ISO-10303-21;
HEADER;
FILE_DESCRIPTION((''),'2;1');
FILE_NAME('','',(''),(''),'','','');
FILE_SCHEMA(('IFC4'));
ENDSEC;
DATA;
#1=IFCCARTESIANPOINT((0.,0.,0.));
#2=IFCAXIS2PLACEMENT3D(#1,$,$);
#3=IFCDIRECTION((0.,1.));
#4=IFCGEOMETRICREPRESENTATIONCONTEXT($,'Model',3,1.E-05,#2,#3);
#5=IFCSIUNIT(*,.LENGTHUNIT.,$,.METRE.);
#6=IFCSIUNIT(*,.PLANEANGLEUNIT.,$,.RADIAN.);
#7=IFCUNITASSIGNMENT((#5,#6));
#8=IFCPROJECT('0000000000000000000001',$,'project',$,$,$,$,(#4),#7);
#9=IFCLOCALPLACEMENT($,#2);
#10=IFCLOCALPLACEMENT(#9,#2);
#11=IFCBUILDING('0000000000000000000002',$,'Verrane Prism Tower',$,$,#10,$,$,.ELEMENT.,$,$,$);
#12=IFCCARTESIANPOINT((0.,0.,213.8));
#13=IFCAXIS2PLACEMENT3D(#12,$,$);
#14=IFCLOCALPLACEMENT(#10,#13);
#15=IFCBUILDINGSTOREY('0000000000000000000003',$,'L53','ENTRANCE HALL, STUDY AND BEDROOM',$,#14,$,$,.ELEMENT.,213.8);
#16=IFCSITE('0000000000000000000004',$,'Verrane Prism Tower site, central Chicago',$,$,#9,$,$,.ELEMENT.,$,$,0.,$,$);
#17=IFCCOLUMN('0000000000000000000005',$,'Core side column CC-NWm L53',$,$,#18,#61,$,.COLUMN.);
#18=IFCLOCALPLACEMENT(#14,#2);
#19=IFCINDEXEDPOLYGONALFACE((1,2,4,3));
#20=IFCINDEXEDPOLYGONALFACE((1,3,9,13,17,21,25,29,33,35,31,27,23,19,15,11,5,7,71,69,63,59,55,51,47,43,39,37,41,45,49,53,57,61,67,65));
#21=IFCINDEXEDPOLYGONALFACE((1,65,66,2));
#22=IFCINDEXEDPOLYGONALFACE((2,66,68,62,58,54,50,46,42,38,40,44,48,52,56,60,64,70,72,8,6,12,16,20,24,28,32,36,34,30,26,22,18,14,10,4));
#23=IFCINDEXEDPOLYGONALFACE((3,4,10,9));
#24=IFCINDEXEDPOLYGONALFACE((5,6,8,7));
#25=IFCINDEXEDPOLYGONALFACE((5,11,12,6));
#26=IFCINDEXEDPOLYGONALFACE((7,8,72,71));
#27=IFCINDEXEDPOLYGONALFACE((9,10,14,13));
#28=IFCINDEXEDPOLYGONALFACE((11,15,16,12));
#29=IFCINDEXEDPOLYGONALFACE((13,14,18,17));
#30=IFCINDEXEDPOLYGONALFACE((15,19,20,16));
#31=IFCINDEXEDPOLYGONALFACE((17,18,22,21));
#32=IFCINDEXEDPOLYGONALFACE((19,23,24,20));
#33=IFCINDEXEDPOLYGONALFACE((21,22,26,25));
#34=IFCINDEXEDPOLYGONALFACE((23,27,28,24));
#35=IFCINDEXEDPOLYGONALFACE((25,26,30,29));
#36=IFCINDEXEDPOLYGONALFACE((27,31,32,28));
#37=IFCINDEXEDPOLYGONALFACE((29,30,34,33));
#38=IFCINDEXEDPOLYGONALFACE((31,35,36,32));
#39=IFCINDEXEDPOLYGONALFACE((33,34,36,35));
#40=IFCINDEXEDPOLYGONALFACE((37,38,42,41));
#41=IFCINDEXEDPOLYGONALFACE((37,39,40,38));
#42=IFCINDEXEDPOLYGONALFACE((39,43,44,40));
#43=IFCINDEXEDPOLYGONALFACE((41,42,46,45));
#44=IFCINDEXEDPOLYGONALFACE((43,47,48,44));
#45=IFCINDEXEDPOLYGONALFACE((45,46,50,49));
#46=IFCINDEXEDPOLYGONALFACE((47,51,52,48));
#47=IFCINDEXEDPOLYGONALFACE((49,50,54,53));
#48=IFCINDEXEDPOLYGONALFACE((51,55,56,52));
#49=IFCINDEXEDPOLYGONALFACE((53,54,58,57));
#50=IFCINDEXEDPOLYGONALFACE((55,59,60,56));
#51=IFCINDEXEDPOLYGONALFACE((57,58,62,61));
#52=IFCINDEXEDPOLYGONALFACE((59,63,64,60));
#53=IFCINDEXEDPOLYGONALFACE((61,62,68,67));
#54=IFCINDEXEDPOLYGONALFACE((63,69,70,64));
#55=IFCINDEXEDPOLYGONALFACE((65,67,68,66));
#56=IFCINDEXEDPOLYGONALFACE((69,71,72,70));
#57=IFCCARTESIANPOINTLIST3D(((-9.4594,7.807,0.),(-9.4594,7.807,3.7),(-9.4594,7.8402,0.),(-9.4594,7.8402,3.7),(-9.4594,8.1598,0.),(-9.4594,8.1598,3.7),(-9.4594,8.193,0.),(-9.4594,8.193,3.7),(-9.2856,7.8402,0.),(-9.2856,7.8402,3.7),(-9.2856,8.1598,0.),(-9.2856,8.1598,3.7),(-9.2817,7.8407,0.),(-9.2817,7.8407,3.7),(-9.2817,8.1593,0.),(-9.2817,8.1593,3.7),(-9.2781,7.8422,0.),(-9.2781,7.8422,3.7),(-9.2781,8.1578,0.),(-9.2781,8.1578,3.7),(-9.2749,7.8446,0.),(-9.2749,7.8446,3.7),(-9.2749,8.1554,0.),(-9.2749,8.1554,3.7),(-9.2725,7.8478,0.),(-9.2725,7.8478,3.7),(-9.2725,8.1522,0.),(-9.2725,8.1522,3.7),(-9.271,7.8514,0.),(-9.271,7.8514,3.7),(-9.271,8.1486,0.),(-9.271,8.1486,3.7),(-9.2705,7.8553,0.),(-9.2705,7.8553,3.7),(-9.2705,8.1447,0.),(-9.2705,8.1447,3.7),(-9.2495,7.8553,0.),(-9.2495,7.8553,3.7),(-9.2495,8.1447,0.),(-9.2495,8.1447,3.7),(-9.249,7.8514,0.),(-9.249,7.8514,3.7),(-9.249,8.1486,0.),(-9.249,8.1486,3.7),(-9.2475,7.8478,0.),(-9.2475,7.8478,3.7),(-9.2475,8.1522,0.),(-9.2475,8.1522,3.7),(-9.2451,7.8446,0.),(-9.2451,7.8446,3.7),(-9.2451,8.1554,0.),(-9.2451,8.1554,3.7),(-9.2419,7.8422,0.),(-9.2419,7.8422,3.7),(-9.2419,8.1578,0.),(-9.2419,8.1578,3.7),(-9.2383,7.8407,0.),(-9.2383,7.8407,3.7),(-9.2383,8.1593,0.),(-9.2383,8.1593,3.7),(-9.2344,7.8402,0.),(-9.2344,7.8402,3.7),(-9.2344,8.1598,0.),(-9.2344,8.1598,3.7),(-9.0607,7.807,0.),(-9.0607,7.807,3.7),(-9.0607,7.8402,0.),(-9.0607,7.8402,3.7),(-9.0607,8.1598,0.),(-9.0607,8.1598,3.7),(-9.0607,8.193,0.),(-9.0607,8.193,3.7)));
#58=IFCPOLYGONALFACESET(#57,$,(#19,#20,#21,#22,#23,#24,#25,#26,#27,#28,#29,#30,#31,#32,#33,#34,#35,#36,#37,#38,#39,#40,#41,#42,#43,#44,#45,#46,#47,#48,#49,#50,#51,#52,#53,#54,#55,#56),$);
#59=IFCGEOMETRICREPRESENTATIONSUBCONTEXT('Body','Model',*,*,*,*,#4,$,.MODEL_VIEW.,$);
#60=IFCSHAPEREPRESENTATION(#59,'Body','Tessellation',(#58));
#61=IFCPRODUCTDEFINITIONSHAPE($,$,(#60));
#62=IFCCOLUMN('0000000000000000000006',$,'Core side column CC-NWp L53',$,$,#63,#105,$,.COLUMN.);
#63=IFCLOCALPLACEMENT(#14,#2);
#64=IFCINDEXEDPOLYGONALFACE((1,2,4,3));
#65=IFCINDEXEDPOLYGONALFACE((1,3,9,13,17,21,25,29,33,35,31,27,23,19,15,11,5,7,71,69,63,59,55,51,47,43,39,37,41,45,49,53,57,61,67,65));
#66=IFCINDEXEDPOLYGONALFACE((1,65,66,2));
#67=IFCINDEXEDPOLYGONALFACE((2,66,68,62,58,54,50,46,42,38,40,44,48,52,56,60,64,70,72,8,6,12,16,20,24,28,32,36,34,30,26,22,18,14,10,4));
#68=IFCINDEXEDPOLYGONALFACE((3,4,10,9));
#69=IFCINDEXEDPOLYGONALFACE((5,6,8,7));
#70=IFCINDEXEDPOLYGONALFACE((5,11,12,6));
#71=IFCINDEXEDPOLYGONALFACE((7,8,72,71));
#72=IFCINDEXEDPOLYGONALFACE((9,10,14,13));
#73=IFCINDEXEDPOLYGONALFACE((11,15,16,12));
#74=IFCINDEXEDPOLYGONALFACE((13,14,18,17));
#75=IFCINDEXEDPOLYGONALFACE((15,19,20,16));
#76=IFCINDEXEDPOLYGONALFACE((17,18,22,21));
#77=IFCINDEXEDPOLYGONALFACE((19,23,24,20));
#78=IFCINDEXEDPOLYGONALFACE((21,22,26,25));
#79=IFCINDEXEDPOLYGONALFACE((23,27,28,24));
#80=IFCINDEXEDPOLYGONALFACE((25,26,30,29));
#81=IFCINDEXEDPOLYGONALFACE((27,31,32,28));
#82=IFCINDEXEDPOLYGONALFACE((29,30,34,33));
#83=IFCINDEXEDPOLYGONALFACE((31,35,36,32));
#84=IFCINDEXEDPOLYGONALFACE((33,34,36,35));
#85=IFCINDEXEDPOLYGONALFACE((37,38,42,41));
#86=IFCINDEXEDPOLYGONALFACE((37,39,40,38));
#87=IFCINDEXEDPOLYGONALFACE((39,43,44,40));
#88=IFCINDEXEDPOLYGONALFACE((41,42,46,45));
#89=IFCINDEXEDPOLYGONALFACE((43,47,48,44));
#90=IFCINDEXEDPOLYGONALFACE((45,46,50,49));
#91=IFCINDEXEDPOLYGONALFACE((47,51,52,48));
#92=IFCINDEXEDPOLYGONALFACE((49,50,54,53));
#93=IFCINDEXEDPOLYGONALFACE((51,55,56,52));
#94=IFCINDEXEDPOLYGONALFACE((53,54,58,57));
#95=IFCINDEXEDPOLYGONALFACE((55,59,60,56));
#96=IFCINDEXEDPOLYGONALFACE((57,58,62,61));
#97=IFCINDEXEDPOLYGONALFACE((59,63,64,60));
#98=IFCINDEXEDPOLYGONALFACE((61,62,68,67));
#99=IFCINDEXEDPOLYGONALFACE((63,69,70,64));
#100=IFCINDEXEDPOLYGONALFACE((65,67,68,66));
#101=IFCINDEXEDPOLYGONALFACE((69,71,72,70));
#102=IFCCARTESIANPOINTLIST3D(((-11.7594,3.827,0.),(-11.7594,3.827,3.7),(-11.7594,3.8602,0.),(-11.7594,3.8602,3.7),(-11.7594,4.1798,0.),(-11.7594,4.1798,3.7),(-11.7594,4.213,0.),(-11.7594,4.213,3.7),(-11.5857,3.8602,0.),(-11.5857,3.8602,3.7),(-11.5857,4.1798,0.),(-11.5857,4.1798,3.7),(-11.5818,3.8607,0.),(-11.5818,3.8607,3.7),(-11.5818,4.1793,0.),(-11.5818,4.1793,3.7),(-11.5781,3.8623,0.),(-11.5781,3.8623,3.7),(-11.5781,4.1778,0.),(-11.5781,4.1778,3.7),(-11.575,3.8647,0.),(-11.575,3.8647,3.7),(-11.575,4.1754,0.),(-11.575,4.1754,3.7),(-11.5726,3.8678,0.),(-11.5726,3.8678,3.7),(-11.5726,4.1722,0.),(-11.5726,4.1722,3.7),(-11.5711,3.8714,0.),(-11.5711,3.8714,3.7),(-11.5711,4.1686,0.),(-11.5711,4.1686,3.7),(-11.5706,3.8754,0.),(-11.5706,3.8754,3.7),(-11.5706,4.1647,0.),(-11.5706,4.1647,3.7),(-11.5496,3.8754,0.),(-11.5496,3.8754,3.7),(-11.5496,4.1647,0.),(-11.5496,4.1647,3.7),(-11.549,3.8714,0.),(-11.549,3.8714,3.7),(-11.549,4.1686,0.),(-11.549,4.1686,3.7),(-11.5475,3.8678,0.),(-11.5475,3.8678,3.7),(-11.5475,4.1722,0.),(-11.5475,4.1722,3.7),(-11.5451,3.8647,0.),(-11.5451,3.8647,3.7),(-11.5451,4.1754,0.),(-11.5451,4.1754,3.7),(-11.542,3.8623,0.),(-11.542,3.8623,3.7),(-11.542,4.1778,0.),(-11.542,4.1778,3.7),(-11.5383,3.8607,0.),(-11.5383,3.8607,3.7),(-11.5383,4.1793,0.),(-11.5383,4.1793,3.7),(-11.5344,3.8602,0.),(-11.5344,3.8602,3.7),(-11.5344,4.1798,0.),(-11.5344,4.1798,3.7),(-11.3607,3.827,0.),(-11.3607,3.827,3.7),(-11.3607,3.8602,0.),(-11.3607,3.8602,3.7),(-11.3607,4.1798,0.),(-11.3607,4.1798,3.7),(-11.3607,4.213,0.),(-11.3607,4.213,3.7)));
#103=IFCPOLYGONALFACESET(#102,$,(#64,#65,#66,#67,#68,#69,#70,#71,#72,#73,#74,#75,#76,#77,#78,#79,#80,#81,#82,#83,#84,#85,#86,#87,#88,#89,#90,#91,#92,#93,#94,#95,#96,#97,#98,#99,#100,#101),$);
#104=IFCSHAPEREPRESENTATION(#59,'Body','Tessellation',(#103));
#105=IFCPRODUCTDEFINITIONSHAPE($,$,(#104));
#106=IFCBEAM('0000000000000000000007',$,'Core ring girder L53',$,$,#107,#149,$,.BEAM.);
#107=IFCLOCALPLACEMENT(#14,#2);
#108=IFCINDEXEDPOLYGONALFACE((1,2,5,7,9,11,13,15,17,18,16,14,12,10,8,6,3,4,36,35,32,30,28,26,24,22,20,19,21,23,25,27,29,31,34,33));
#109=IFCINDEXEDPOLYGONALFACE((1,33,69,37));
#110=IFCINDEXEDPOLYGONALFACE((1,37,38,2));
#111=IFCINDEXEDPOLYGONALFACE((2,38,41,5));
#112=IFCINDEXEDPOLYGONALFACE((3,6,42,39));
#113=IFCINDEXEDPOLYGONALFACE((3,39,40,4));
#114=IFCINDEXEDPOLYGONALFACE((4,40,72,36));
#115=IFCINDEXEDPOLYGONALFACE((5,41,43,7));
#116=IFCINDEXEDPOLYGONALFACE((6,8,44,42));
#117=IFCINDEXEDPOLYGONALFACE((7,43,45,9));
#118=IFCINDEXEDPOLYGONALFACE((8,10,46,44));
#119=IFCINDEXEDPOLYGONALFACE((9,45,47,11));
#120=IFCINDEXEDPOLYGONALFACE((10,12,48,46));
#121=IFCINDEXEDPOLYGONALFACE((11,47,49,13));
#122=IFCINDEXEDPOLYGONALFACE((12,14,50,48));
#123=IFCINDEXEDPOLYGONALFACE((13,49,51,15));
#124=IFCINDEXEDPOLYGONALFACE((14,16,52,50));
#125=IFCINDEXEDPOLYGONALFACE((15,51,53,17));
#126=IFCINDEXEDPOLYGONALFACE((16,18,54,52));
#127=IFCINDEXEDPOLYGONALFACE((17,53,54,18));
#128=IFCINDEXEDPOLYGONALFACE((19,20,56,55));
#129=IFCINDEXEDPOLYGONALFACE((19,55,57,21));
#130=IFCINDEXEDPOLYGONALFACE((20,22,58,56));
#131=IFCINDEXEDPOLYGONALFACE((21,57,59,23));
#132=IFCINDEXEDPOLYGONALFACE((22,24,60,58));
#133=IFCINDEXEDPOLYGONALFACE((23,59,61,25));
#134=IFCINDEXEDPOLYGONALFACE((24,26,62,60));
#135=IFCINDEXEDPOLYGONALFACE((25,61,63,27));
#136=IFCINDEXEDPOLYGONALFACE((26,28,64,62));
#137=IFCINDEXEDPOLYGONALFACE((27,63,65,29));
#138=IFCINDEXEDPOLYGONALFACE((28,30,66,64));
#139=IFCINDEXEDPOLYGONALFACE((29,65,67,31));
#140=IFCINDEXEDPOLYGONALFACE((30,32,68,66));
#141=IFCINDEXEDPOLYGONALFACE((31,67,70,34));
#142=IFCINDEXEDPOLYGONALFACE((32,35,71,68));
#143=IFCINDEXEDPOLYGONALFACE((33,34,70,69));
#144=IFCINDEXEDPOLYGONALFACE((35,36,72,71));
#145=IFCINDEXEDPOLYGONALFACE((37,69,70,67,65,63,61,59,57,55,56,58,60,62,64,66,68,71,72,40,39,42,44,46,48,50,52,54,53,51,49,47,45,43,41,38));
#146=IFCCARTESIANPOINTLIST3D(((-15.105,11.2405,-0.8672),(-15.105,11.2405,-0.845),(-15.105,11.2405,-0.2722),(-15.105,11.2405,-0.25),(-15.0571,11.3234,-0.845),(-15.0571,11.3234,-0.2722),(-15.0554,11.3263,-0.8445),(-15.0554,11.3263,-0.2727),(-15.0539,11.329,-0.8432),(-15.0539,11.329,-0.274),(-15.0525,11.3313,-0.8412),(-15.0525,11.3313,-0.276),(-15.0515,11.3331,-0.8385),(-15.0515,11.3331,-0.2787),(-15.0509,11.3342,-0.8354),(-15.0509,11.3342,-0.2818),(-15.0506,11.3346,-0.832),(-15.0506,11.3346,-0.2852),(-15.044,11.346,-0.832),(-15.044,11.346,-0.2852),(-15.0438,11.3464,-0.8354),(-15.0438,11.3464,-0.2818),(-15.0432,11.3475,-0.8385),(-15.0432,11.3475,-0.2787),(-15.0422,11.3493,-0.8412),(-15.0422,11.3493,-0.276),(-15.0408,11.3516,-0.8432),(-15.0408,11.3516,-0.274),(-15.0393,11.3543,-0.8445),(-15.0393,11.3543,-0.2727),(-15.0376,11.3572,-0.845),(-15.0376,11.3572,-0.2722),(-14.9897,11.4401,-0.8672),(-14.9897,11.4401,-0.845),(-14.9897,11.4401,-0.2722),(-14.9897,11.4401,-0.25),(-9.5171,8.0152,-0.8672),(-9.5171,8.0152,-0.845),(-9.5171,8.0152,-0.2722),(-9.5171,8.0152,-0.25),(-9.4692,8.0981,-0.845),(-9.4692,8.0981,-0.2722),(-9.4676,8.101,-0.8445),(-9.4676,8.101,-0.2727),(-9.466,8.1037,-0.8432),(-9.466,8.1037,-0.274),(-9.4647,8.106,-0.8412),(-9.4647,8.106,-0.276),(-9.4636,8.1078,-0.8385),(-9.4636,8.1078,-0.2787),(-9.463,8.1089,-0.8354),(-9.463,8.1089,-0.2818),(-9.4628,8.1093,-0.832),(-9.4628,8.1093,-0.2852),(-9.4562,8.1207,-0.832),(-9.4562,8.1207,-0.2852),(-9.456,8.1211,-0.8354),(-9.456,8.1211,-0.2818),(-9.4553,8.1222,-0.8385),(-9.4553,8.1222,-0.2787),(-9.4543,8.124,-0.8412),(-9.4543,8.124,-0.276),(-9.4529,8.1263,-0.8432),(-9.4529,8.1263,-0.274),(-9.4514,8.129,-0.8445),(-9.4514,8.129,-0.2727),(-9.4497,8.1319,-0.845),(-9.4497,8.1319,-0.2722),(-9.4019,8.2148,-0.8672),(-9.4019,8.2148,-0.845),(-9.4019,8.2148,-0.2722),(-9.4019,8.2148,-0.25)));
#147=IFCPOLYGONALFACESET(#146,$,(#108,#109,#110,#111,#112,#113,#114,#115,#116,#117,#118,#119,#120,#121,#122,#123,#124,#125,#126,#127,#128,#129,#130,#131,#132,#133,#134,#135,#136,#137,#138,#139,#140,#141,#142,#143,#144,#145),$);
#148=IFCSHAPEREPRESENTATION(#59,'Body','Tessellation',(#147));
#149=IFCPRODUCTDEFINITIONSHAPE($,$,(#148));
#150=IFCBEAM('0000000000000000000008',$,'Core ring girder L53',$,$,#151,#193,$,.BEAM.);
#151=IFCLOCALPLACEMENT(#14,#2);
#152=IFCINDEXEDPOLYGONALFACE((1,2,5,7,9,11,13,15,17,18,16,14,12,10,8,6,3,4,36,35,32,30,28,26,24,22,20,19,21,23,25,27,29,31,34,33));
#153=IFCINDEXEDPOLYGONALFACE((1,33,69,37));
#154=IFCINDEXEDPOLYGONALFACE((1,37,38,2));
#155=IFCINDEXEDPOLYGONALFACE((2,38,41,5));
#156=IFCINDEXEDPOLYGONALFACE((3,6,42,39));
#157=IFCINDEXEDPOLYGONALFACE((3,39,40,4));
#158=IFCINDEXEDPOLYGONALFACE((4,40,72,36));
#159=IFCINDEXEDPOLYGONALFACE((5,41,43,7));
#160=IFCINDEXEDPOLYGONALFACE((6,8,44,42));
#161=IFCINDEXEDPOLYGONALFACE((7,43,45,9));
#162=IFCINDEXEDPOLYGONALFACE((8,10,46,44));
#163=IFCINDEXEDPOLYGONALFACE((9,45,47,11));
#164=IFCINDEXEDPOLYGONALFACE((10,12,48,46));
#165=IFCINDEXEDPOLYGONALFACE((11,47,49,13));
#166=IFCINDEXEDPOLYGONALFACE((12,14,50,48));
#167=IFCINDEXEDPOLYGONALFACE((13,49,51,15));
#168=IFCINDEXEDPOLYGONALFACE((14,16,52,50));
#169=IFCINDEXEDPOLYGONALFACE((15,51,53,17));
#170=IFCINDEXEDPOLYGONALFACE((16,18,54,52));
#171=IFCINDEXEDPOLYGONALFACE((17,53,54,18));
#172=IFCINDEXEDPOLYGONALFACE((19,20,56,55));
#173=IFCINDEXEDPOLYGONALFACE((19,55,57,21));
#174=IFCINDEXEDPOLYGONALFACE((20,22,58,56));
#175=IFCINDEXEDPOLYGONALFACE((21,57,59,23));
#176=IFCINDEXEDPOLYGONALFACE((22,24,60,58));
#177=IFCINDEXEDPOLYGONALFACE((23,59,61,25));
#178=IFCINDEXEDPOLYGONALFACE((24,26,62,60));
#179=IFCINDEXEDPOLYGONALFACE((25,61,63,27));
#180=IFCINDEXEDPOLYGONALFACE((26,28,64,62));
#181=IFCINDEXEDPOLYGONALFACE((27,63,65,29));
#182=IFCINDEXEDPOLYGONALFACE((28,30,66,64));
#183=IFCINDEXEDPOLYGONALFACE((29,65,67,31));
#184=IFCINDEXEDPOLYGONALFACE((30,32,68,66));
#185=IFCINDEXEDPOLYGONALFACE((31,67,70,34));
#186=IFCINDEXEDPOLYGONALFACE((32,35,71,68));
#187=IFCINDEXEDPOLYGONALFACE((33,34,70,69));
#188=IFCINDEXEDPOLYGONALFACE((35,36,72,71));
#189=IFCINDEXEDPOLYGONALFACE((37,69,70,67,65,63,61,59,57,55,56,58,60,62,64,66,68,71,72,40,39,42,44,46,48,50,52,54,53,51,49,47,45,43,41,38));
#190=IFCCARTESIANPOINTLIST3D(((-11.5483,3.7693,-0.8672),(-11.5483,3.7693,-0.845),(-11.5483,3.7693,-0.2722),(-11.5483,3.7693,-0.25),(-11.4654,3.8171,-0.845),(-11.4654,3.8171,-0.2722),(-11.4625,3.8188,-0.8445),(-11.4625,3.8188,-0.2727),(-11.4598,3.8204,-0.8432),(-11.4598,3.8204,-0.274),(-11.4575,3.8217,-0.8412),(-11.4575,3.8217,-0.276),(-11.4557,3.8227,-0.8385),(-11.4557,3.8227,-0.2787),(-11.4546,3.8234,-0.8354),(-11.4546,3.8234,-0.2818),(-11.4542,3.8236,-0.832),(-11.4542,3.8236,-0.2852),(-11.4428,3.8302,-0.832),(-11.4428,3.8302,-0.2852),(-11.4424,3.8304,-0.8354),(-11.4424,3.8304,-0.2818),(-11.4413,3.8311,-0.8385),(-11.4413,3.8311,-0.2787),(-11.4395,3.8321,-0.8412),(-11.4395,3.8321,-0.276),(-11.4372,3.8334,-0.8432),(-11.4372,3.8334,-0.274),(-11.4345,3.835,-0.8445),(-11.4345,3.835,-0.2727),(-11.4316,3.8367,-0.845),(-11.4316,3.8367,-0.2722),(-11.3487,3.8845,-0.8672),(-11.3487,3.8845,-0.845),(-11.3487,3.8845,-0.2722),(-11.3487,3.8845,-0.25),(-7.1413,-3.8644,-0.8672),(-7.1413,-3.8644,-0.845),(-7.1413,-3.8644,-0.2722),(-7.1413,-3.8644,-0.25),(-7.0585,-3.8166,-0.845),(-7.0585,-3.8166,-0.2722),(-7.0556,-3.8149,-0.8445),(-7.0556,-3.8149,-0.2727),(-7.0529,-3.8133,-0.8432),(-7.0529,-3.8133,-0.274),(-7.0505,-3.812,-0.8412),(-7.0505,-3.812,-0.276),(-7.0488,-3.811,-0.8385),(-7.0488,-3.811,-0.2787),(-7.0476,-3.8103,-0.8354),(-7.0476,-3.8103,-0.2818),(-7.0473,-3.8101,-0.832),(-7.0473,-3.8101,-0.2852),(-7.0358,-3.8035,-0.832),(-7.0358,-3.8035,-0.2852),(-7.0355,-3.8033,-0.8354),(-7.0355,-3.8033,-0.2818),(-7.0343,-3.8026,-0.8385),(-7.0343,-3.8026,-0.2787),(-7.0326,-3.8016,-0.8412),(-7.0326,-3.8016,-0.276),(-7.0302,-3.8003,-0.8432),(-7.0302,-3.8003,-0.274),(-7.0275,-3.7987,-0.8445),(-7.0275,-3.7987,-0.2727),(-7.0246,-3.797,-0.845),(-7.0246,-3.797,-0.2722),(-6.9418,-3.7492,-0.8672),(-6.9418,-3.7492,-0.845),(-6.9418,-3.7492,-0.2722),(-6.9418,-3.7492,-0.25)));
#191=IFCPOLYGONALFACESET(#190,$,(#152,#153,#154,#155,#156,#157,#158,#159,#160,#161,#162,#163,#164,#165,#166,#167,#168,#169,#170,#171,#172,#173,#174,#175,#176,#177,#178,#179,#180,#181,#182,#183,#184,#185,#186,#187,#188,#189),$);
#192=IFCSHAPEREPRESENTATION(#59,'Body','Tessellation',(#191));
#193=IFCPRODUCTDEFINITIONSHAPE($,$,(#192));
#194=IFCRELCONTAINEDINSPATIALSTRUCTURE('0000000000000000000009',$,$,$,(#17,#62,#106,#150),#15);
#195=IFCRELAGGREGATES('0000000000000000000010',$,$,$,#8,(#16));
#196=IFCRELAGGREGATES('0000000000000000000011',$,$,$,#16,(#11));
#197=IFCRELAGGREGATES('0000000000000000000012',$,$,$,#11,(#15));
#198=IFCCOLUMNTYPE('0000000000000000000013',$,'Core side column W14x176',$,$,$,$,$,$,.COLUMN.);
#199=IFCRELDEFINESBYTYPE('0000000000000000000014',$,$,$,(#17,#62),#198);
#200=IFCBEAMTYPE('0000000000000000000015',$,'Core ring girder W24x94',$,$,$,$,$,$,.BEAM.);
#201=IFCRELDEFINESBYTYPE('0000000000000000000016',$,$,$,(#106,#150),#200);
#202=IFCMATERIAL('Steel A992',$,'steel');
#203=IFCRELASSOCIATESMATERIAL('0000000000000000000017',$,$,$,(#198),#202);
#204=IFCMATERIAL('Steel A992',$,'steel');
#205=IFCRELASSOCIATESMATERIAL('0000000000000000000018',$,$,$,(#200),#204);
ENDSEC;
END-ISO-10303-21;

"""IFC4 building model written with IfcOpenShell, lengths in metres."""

from ifc_helpers import new_model, si_unit, direction, frame, origin, origin_2d, place, context, subcontext, project, spatial, i_section, extrude, material, material_profile, profile_set, type_object, element, save


model = new_model("IFC4")

# Units and contexts
model_context = context("Model", 3, precision=1e-05, world=origin(), true_north=direction((0.0, 1.0)))
body_context = subcontext(model_context, "Body", "Model", "MODEL_VIEW")
ifc_project = project(units=[si_unit("LENGTHUNIT", "METRE"), si_unit("PLANEANGLEUNIT", "RADIAN")], contexts=[model_context])

# Site, building, storey
site_placement = place(None, origin())
site = spatial("IfcSite", under=ifc_project, at=site_placement, Name="Verrane Prism Tower site, central Chicago", CompositionType="ELEMENT", RefElevation=0.0)
building_placement = place(site_placement, origin())
building = spatial("IfcBuilding", under=site, at=building_placement, Name="Verrane Prism Tower", CompositionType="ELEMENT")
storey_placement = place(building_placement, frame((0.0, 0.0, 213.8)))
storey = spatial("IfcBuildingStorey", under=building, at=storey_placement, Name="L53", Description="ENTRANCE HALL, STUDY AND BEDROOM", CompositionType="ELEMENT", Elevation=213.8)

# Columns
ifc_material_1 = material(Name="Steel A992", Category="steel")
ifc_material_profile_1 = material_profile(ifc_material_1, i_section(OverallWidth=0.3987, OverallDepth=0.386, WebThickness=0.021, FlangeThickness=0.0332, FilletRadius=0.0151, at=origin_2d()), Name="W14x176")
ifc_profile_set_1 = profile_set([ifc_material_profile_1], Name="Steel A992")
column_type = type_object("IfcColumnType", Name="Core side column W14x176", PredefinedType="COLUMN", material=ifc_profile_set_1)
for number, where, z_axis, x_axis, name in (
    (1, (-9.26, 8.0, 0.0), (0.0, 0.0, 1.0), (1.0, 0.0, 0.0), "Core side column CC-NWm L53"),
    (2, (-11.5601, 4.02, 0.0), (0.0, 0.0, 1.0), (1.0, 0.0, 0.0), "Core side column CC-NWp L53"),
):
    element("IfcColumn", number, at=place(storey_placement, frame(where, z_axis=z_axis, x_axis=x_axis)), inside=storey, type_object=column_type, Name=name, PredefinedType="COLUMN", context=body_context, shape_type="SweptSolid", body=[
        extrude(i_section(OverallWidth=0.3987, OverallDepth=0.386, WebThickness=0.021, FlangeThickness=0.0332, FilletRadius=0.0151, at=origin_2d()), origin(), (0.0, 0.0, 1.0), 3.7),
    ])

# Beams
ifc_material_2 = material(Name="Steel A992", Category="steel")
ifc_material_profile_2 = material_profile(ifc_material_2, i_section(OverallWidth=0.2305, OverallDepth=0.6172, WebThickness=0.0132, FlangeThickness=0.0222, FilletRadius=0.0129, at=origin_2d()), Name="W24x94")
ifc_profile_set_2 = profile_set([ifc_material_profile_2], Name="Steel A992")
beam_type_1 = type_object("IfcBeamType", Name="Core ring girder W24x94", PredefinedType="BEAM", material=ifc_profile_set_2)
beam_1_placement = place(storey_placement, frame((-9.4595, 8.115, -0.5586), z_axis=(-0.866081, 0.499904, 0.0), x_axis=(-0.499904, -0.866081, 0.0)))
element("IfcBeam", 3, at=beam_1_placement, inside=storey, type_object=beam_type_1, Name="Core ring girder L53", PredefinedType="BEAM", context=body_context, shape_type="SweptSolid", body=[
    extrude(i_section(OverallWidth=0.2305, OverallDepth=0.6172, WebThickness=0.0132, FlangeThickness=0.0222, FilletRadius=0.0129, at=origin_2d()), origin(), (0.0, 0.0, 1.0), 6.4519),
])
beam_2_placement = place(storey_placement, frame((-11.4485, 3.8269, -0.5586), z_axis=(0.499967, -0.866044, 0.0), x_axis=(0.866044, 0.499967, 0.0)))
element("IfcBeam", 4, at=beam_2_placement, inside=storey, type_object=beam_type_1, Name="Core ring girder L53", PredefinedType="BEAM", context=body_context, shape_type="SweptSolid", body=[
    extrude(i_section(OverallWidth=0.2305, OverallDepth=0.6172, WebThickness=0.0132, FlangeThickness=0.0222, FilletRadius=0.0129, at=origin_2d()), origin(), (0.0, 0.0, 1.0), 8.8145),
])

save(model, "model.ifc")
